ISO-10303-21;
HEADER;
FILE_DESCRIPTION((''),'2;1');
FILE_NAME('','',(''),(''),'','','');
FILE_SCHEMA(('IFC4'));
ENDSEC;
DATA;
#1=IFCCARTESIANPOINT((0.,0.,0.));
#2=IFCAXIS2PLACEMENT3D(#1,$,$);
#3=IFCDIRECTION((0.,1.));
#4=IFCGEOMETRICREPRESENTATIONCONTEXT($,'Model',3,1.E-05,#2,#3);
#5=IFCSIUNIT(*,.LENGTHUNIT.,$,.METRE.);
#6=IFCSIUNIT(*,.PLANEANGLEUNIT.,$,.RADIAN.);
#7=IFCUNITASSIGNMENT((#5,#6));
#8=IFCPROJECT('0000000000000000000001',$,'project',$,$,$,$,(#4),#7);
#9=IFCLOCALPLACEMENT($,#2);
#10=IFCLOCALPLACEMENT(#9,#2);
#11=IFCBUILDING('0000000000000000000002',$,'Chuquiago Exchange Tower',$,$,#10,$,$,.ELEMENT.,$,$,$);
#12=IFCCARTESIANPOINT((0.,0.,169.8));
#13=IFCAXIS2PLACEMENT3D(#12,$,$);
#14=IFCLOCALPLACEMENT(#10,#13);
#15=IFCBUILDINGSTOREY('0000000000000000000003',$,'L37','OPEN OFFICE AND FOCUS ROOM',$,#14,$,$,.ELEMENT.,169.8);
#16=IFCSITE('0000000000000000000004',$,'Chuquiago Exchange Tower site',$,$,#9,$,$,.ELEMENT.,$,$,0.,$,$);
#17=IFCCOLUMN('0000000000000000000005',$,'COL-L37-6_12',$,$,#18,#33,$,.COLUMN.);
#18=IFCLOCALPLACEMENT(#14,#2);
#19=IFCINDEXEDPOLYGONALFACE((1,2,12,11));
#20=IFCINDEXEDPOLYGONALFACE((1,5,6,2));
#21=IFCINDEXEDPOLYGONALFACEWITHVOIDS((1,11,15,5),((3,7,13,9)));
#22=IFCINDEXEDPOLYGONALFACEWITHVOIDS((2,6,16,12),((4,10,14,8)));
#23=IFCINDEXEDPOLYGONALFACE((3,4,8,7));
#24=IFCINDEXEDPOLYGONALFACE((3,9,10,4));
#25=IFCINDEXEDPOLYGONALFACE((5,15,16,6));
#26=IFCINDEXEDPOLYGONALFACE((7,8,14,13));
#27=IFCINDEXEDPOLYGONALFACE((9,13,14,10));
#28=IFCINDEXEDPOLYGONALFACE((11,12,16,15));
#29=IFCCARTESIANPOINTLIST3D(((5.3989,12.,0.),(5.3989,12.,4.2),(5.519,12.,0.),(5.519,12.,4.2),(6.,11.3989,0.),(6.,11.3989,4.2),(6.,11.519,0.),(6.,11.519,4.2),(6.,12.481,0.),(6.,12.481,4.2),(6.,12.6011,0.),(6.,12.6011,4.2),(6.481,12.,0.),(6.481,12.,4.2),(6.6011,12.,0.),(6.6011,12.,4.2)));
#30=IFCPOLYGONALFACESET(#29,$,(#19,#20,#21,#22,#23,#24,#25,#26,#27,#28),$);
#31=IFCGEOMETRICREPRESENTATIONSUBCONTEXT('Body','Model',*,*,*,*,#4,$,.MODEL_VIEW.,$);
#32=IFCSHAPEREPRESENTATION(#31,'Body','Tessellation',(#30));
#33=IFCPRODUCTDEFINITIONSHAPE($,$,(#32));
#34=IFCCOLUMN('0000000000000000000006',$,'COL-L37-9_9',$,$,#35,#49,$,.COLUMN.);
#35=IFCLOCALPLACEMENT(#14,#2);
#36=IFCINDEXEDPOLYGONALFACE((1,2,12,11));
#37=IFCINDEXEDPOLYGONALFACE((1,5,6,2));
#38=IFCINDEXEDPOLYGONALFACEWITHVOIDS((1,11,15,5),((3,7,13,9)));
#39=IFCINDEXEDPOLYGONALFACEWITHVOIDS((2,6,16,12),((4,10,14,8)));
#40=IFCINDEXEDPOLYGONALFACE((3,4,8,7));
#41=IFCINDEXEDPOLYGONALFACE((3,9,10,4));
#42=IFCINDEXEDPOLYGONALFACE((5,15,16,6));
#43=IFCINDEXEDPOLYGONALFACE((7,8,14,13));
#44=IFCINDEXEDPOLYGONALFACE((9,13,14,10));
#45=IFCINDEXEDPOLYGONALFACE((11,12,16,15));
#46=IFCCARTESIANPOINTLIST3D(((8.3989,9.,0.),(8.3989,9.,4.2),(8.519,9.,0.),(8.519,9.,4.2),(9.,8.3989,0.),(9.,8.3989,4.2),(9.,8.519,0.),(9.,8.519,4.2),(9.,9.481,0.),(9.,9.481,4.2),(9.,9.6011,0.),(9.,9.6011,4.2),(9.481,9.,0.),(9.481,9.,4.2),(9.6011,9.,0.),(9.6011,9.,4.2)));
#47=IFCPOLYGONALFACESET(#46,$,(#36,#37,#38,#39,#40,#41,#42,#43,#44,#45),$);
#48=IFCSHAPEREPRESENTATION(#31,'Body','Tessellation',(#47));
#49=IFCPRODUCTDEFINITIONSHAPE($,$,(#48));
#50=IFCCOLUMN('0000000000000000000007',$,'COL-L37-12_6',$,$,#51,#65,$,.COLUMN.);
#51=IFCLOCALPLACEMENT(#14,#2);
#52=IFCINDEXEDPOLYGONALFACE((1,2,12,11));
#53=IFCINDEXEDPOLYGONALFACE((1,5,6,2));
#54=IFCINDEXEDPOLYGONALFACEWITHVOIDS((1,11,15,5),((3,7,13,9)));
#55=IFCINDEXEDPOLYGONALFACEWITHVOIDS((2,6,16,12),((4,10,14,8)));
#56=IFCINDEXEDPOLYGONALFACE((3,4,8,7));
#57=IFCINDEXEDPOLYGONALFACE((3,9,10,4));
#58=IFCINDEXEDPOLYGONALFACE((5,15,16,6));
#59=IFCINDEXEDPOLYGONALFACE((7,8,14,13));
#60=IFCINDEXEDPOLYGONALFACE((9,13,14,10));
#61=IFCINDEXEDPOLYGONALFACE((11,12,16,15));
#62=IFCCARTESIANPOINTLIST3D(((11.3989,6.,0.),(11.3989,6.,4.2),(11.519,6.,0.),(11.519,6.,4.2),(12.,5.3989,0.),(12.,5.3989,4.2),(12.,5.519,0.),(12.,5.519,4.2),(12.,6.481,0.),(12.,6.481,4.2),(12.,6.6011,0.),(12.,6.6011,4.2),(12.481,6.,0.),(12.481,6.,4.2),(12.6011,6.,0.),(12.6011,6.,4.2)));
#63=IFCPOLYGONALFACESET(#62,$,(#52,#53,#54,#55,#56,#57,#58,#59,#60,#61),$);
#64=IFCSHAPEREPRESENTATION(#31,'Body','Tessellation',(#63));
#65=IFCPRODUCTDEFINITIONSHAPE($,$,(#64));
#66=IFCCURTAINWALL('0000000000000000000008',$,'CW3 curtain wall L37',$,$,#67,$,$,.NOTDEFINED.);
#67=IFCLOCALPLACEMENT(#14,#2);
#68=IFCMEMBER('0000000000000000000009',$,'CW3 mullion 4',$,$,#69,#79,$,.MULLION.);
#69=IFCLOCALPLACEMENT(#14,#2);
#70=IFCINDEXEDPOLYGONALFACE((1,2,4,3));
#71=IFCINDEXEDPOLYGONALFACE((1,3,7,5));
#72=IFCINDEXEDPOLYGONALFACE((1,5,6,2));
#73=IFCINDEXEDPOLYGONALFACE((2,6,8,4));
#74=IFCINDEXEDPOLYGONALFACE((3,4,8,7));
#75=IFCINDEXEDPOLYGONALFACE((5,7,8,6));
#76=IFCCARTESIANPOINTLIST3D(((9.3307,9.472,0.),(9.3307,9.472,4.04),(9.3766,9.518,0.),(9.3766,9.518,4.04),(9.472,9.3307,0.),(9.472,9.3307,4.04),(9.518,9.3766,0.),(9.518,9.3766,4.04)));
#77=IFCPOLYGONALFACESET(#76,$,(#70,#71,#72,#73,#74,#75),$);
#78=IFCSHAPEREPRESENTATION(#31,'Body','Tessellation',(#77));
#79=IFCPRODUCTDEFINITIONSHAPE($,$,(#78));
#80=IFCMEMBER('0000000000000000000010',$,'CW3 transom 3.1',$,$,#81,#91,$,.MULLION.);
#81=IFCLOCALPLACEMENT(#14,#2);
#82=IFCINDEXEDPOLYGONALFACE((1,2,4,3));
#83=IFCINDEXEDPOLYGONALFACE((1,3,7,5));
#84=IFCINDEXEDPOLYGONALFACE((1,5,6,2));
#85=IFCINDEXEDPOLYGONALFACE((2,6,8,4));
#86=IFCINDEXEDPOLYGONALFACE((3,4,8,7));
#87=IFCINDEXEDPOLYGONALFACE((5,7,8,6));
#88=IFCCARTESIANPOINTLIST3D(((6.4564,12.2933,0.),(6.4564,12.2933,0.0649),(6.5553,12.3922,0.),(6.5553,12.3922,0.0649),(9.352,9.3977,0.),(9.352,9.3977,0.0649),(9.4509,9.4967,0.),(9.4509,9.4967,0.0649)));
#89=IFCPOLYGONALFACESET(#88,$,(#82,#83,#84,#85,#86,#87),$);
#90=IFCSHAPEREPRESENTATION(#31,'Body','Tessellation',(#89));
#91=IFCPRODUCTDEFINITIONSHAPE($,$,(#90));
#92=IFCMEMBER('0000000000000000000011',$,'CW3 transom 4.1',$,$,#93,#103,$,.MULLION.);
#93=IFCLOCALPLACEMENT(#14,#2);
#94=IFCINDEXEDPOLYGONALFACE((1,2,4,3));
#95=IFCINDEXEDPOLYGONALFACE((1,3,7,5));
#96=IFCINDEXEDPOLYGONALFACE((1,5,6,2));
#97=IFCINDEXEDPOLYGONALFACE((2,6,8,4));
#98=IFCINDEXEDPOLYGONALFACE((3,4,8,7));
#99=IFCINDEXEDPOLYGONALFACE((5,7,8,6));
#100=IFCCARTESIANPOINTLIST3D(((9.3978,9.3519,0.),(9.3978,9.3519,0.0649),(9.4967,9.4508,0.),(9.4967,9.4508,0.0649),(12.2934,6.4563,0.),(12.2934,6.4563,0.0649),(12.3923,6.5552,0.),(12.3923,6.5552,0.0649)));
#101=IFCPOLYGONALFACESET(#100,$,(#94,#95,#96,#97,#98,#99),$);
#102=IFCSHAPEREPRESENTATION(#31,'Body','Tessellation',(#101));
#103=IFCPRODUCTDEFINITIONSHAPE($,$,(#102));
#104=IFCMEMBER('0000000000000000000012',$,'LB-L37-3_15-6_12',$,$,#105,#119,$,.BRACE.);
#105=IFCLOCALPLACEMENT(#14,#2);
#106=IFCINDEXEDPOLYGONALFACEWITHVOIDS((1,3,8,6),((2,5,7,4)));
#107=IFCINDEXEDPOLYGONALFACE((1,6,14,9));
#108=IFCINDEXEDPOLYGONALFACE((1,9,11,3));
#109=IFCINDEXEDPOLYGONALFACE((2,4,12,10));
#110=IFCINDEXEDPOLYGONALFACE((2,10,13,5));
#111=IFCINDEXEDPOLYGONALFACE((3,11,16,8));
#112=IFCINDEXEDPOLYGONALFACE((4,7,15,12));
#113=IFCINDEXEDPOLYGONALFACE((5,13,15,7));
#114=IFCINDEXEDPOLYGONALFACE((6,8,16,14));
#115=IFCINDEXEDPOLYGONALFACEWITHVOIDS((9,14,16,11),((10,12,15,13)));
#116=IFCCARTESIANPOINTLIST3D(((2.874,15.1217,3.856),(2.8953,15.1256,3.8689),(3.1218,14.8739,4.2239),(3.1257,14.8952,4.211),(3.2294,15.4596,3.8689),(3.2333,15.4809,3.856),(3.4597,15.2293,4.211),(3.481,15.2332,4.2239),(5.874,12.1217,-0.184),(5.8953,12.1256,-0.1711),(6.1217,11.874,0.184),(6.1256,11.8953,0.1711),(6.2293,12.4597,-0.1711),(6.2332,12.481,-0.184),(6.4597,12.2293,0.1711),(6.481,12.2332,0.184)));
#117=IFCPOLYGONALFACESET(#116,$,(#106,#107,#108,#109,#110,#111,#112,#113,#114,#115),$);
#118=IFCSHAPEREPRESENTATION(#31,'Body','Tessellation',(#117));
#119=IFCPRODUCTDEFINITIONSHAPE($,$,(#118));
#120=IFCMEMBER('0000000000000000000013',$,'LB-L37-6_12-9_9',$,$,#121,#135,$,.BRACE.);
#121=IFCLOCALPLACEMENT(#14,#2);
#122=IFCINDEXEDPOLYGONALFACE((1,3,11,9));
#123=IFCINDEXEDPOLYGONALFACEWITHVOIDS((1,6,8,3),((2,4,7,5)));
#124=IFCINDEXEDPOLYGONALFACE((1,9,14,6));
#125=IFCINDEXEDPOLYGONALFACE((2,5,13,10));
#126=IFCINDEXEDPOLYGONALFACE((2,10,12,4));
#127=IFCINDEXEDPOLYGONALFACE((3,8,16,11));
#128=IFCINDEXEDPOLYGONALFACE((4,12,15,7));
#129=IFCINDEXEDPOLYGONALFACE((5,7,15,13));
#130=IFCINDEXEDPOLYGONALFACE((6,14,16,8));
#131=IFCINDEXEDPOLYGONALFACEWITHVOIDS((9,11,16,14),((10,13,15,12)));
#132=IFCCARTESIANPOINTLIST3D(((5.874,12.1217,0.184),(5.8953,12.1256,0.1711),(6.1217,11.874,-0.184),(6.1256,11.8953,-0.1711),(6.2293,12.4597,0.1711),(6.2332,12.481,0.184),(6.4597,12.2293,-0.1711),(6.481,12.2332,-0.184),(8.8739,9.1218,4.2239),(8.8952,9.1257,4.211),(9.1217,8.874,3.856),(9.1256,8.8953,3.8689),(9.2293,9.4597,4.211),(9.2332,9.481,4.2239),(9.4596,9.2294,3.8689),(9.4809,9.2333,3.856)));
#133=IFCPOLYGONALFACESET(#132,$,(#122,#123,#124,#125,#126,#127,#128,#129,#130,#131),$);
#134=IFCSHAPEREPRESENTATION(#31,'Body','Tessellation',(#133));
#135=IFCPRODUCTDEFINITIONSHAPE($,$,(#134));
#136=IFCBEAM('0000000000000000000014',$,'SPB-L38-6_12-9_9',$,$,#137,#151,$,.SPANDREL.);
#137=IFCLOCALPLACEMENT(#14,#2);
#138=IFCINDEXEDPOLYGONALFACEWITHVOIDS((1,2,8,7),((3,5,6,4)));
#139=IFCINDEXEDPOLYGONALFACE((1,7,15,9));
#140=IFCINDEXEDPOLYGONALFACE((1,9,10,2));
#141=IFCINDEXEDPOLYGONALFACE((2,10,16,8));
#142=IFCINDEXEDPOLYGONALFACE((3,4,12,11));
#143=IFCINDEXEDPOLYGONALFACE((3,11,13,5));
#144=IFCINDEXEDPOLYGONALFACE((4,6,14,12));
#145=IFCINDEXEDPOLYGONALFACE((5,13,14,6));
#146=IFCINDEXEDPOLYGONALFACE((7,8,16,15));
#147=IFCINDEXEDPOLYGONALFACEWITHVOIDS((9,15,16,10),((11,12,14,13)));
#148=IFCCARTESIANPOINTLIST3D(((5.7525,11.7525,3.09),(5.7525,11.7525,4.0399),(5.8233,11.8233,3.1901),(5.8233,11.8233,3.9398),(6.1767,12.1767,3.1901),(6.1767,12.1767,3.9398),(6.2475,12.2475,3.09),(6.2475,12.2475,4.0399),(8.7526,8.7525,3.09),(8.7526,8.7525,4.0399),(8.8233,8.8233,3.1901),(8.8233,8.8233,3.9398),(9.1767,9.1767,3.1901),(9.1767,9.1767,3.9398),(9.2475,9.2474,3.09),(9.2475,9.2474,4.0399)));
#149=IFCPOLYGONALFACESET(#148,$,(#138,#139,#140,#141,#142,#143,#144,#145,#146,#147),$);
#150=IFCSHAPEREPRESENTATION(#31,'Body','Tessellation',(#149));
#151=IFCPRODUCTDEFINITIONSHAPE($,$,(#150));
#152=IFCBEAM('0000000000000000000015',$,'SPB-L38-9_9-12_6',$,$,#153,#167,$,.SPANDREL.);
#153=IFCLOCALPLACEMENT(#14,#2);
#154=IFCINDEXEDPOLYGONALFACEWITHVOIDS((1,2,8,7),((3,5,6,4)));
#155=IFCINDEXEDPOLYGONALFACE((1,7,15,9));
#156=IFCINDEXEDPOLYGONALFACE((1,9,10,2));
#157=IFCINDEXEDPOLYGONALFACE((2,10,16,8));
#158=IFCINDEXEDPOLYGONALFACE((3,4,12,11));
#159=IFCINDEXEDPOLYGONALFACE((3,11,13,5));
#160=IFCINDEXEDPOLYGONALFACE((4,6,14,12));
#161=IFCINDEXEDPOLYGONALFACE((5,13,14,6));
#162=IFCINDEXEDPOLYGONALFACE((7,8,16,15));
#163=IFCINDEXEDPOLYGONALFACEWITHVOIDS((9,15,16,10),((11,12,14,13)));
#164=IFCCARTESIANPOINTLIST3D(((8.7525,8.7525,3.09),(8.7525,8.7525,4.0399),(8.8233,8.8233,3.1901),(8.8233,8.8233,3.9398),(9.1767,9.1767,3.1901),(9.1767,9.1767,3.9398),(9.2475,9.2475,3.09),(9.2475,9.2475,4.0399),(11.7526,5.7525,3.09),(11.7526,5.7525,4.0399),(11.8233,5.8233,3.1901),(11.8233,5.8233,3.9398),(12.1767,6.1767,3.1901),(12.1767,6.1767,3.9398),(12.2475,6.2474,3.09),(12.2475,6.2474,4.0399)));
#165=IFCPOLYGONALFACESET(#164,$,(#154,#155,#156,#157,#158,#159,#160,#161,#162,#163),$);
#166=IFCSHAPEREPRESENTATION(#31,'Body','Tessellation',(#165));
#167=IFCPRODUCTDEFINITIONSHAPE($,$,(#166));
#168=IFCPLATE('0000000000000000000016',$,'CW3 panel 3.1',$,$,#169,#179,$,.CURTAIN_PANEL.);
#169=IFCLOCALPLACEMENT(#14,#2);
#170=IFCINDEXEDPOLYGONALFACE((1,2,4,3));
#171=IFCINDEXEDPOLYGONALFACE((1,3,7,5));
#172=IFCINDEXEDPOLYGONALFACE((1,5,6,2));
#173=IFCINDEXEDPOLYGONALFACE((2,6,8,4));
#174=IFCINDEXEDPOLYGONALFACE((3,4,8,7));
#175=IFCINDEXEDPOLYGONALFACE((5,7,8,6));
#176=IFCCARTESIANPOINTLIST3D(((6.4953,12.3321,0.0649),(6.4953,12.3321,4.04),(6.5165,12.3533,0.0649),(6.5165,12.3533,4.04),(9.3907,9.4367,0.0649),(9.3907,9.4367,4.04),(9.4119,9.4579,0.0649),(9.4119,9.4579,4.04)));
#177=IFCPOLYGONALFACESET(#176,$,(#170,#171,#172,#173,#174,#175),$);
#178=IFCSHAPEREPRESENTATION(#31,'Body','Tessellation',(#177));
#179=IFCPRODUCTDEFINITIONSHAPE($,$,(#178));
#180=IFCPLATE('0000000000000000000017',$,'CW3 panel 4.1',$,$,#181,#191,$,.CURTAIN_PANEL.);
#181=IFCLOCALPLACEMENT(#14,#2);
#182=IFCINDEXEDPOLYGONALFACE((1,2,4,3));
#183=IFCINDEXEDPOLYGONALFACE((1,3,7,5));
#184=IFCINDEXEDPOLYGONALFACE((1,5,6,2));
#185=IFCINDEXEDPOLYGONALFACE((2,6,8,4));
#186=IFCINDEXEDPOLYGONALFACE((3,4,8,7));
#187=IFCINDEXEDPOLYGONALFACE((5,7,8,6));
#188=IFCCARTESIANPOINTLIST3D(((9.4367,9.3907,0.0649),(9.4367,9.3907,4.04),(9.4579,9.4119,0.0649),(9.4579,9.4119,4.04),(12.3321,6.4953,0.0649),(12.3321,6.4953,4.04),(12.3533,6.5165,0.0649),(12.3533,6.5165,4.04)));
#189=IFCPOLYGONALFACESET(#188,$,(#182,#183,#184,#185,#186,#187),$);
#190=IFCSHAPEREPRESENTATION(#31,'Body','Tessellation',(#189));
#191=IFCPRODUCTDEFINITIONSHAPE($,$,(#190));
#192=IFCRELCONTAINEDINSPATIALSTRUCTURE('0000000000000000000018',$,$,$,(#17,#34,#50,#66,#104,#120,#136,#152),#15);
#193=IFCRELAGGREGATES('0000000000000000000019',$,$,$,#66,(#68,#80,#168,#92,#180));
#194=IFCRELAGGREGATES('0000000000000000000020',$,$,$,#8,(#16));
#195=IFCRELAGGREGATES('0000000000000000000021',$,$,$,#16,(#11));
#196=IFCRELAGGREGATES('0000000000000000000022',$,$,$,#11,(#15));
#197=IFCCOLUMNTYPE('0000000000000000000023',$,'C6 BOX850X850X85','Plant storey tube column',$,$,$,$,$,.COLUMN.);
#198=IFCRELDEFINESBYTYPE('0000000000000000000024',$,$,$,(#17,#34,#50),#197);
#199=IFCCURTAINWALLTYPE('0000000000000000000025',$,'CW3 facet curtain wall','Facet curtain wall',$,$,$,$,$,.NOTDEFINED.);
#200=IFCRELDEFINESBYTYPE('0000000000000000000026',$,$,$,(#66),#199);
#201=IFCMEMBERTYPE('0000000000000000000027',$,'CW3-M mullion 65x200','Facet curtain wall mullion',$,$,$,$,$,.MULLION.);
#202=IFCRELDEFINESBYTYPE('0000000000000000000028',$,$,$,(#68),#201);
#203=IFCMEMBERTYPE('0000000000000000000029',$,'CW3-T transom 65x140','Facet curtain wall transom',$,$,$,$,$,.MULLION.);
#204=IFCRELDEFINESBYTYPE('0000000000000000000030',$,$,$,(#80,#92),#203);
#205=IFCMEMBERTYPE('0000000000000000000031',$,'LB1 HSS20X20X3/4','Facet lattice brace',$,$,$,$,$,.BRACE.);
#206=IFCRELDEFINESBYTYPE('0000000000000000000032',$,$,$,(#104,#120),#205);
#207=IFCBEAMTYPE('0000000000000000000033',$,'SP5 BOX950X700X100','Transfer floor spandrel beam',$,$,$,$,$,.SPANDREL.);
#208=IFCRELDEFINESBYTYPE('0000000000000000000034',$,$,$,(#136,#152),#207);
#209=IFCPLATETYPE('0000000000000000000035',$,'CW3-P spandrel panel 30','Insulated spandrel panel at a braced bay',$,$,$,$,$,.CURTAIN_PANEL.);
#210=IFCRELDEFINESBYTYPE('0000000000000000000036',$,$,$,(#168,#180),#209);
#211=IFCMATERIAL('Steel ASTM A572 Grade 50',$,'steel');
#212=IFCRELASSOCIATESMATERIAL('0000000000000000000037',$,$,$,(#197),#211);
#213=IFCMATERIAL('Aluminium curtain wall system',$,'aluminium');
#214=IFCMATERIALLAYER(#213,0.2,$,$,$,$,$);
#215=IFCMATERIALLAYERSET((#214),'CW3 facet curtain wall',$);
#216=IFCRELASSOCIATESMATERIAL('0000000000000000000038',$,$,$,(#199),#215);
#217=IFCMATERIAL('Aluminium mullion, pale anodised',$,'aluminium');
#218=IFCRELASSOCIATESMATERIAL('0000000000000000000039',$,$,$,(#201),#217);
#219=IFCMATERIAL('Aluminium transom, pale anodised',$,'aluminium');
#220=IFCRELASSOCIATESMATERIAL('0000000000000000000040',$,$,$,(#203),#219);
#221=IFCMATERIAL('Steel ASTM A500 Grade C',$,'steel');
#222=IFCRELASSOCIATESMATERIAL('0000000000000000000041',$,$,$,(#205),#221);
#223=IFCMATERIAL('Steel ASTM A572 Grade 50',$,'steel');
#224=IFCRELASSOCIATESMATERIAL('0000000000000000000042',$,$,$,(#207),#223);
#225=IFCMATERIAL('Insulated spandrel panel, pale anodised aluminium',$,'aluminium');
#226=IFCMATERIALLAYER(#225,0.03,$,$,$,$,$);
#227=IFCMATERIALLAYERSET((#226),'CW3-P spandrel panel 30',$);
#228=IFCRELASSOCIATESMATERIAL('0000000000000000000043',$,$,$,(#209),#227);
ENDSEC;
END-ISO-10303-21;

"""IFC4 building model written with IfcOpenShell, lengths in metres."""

from ifc_helpers import new_model, si_unit, direction, frame, origin, origin_2d, place, context, subcontext, project, spatial, rectangle, hollow_rectangle, extrude, material, layer, layer_set, material_profile, profile_set, type_object, element, aggregate, save


model = new_model("IFC4")

# Units and contexts
model_context = context("Model", 3, precision=1e-05, world=origin(), true_north=direction((0.0, 1.0)))
body_context = subcontext(model_context, "Body", "Model", "MODEL_VIEW")
ifc_project = project(units=[si_unit("LENGTHUNIT", "METRE"), si_unit("PLANEANGLEUNIT", "RADIAN")], contexts=[model_context])

# Site, building, storey
site_placement = place(None, origin())
site = spatial("IfcSite", under=ifc_project, at=site_placement, Name="Chuquiago Exchange Tower site", CompositionType="ELEMENT", RefElevation=0.0)
building_placement = place(site_placement, origin())
building = spatial("IfcBuilding", under=site, at=building_placement, Name="Chuquiago Exchange Tower", CompositionType="ELEMENT")
storey_placement = place(building_placement, frame((0.0, 0.0, 169.8)))
storey = spatial("IfcBuildingStorey", under=building, at=storey_placement, Name="L37", Description="OPEN OFFICE AND FOCUS ROOM", CompositionType="ELEMENT", Elevation=169.8)

# Columns
ifc_material_1 = material(Name="Steel ASTM A572 Grade 50", Category="steel")
ifc_material_profile_1 = material_profile(ifc_material_1, hollow_rectangle(XDim=0.8501, YDim=0.8501, WallThickness=0.085, at=origin_2d()), Name="BOX850X850X85")
ifc_profile_set_1 = profile_set([ifc_material_profile_1], Name="Steel ASTM A572 Grade 50")
column_type = type_object("IfcColumnType", Name="C6 BOX850X850X85", Description="Plant storey tube column", PredefinedType="COLUMN", material=ifc_profile_set_1)
for number, where, z_axis, x_axis, name in (
    (1, (6.0, 12.0, 0.0), (0.0, 0.0, 1.0), (-0.707107, -0.707107, 0.0), "COL-L37-6_12"),
    (2, (9.0, 9.0, 0.0), (0.0, 0.0, 1.0), (-0.707107, -0.707107, 0.0), "COL-L37-9_9"),
    (3, (12.0, 6.0, 0.0), (0.0, 0.0, 1.0), (-0.707107, -0.707107, 0.0), "COL-L37-12_6"),
):
    element("IfcColumn", number, at=place(storey_placement, frame(where, z_axis=z_axis, x_axis=x_axis)), inside=storey, type_object=column_type, Name=name, PredefinedType="COLUMN", context=body_context, shape_type="SweptSolid", body=[
        extrude(hollow_rectangle(XDim=0.8501, YDim=0.8501, WallThickness=0.085, at=origin_2d()), origin(), (0.0, 0.0, 1.0), 4.2),
    ])

# Curtain wall, members
ifc_material_2 = material(Name="Aluminium curtain wall system", Category="aluminium")
ifc_layer_1 = layer(ifc_material_2, 0.2)
ifc_layer_set_1 = layer_set([ifc_layer_1], Name="CW3 facet curtain wall")
curtain_wall_type = type_object("IfcCurtainWallType", Name="CW3 facet curtain wall", Description="Facet curtain wall", PredefinedType="NOTDEFINED", material=ifc_layer_set_1)
curtain_wall_placement = place(storey_placement, origin())
curtain_wall = element("IfcCurtainWall", 4, at=curtain_wall_placement, inside=storey, type_object=curtain_wall_type, Name="CW3 curtain wall L37", PredefinedType="NOTDEFINED")
ifc_material_3 = material(Name="Aluminium mullion, pale anodised", Category="aluminium")
ifc_material_profile_2 = material_profile(ifc_material_3, rectangle(XDim=0.0649, YDim=0.2, at=origin_2d()), Name="AL 65x200")
ifc_profile_set_2 = profile_set([ifc_material_profile_2], Name="Aluminium mullion, pale anodised")
member_type_1 = type_object("IfcMemberType", Name="CW3-M mullion 65x200", Description="Facet curtain wall mullion", PredefinedType="MULLION", material=ifc_profile_set_2)
member_1_placement = place(storey_placement, frame((9.4243, 9.4243, 0.0), z_axis=(0.0, 0.0, 1.0), x_axis=(0.707107, 0.707107, 0.0)))
member_1 = element("IfcMember", 5, at=member_1_placement, type_object=member_type_1, Name="CW3 mullion 4", PredefinedType="MULLION", context=body_context, shape_type="SweptSolid", body=[
    extrude(rectangle(XDim=0.0649, YDim=0.2, at=origin_2d()), origin(), (0.0, 0.0, 1.0), 4.04),
])
ifc_material_4 = material(Name="Aluminium transom, pale anodised", Category="aluminium")
ifc_material_profile_3 = material_profile(ifc_material_4, rectangle(XDim=0.1399, YDim=0.0649, at=origin_2d()), Name="AL 140x65")
ifc_profile_set_3 = profile_set([ifc_material_profile_3], Name="Aluminium transom, pale anodised")
member_type_2 = type_object("IfcMemberType", Name="CW3-T transom 65x140", Description="Facet curtain wall transom", PredefinedType="MULLION", material=ifc_profile_set_3)
member_2_placement = place(storey_placement, frame((6.5059, 12.3428, 0.0325), z_axis=(0.707107, -0.707107, 0.0), x_axis=(0.707107, 0.707107, 0.0)))
member_2 = element("IfcMember", 6, at=member_2_placement, type_object=member_type_2, Name="CW3 transom 3.1", PredefinedType="MULLION", context=body_context, shape_type="SweptSolid", body=[
    extrude(rectangle(XDim=0.1399, YDim=0.0649, at=origin_2d()), origin(), (0.0, 0.0, 1.0), 4.095),
])
member_3_placement = place(storey_placement, frame((9.4473, 9.4014, 0.0325), z_axis=(0.707107, -0.707107, 0.0), x_axis=(0.707107, 0.707107, 0.0)))
member_3 = element("IfcMember", 7, at=member_3_placement, type_object=member_type_2, Name="CW3 transom 4.1", PredefinedType="MULLION", context=body_context, shape_type="SweptSolid", body=[
    extrude(rectangle(XDim=0.1399, YDim=0.0649, at=origin_2d()), origin(), (0.0, 0.0, 1.0), 4.095),
])

# Members
ifc_material_5 = material(Name="Steel ASTM A500 Grade C", Category="steel")
ifc_material_profile_4 = material_profile(ifc_material_5, hollow_rectangle(XDim=0.5081, YDim=0.5081, WallThickness=0.0178, at=origin_2d()), Name="HSS20X20X3/4")
ifc_profile_set_4 = profile_set([ifc_material_profile_4], Name="Steel ASTM A500 Grade C")
member_type_3 = type_object("IfcMemberType", Name="LB1 HSS20X20X3/4", Description="Facet lattice brace", PredefinedType="BRACE", material=ifc_profile_set_4)
for number, where, z_axis, x_axis, name in (
    (8, (6.1775, 12.1775, 0.0), (-0.512077, 0.512077, 0.689604), (-0.707107, -0.707107, 0.0), "LB-L37-3_15-6_12"),
    (9, (6.1775, 12.1775, 0.0), (0.512077, -0.512077, 0.689604), (0.707107, 0.707107, 0.0), "LB-L37-6_12-9_9"),
):
    element("IfcMember", number, at=place(storey_placement, frame(where, z_axis=z_axis, x_axis=x_axis)), inside=storey, type_object=member_type_3, Name=name, PredefinedType="BRACE", context=body_context, shape_type="SweptSolid", body=[
        extrude(hollow_rectangle(XDim=0.5081, YDim=0.5081, WallThickness=0.0178, at=origin_2d()), origin(), (0.0, 0.0, 1.0), 5.8584),
    ])

# Beams
ifc_material_6 = material(Name="Steel ASTM A572 Grade 50", Category="steel")
ifc_material_profile_5 = material_profile(ifc_material_6, hollow_rectangle(XDim=0.7, YDim=0.95, WallThickness=0.1001, at=origin_2d()), Name="BOX950X700X100")
ifc_profile_set_5 = profile_set([ifc_material_profile_5], Name="Steel ASTM A572 Grade 50")
beam_type = type_object("IfcBeamType", Name="SP5 BOX950X700X100", Description="Transfer floor spandrel beam", PredefinedType="SPANDREL", material=ifc_profile_set_5)
for number, where, z_axis, x_axis, name in (
    (10, (6.0, 12.0, 3.5649), (0.707107, -0.707107, 0.0), (0.707107, 0.707107, 0.0), "SPB-L38-6_12-9_9"),
    (11, (9.0, 9.0, 3.5649), (0.707107, -0.707107, 0.0), (0.707107, 0.707107, 0.0), "SPB-L38-9_9-12_6"),
):
    element("IfcBeam", number, at=place(storey_placement, frame(where, z_axis=z_axis, x_axis=x_axis)), inside=storey, type_object=beam_type, Name=name, PredefinedType="SPANDREL", context=body_context, shape_type="SweptSolid", body=[
        extrude(hollow_rectangle(XDim=0.7, YDim=0.95, WallThickness=0.1001, at=origin_2d()), origin(), (0.0, 0.0, 1.0), 4.2427),
    ])

# Plates
ifc_material_7 = material(Name="Insulated spandrel panel, pale anodised aluminium", Category="aluminium")
ifc_layer_2 = layer(ifc_material_7, 0.03)
ifc_layer_set_2 = layer_set([ifc_layer_2], Name="CW3-P spandrel panel 30")
plate_type = type_object("IfcPlateType", Name="CW3-P spandrel panel 30", Description="Insulated spandrel panel at a braced bay", PredefinedType="CURTAIN_PANEL", material=ifc_layer_set_2)
plate_1_placement = place(storey_placement, frame((7.9536, 10.895, 0.0649), z_axis=(0.0, 0.0, 1.0), x_axis=(0.707107, -0.707107, 0.0)))
plate_1 = element("IfcPlate", 12, at=plate_1_placement, type_object=plate_type, Name="CW3 panel 3.1", PredefinedType="CURTAIN_PANEL", context=body_context, shape_type="SweptSolid", body=[
    extrude(rectangle(XDim=4.0947, YDim=0.03, at=origin_2d()), origin(), (0.0, 0.0, 1.0), 3.9751),
])
plate_2_placement = place(storey_placement, frame((10.895, 7.9536, 0.0649), z_axis=(0.0, 0.0, 1.0), x_axis=(0.707107, -0.707107, 0.0)))
plate_2 = element("IfcPlate", 13, at=plate_2_placement, type_object=plate_type, Name="CW3 panel 4.1", PredefinedType="CURTAIN_PANEL", context=body_context, shape_type="SweptSolid", body=[
    extrude(rectangle(XDim=4.0947, YDim=0.03, at=origin_2d()), origin(), (0.0, 0.0, 1.0), 3.9751),
])
aggregate(curtain_wall, [member_1, member_2, plate_1, member_3, plate_2])

save(model, "model.ifc")
